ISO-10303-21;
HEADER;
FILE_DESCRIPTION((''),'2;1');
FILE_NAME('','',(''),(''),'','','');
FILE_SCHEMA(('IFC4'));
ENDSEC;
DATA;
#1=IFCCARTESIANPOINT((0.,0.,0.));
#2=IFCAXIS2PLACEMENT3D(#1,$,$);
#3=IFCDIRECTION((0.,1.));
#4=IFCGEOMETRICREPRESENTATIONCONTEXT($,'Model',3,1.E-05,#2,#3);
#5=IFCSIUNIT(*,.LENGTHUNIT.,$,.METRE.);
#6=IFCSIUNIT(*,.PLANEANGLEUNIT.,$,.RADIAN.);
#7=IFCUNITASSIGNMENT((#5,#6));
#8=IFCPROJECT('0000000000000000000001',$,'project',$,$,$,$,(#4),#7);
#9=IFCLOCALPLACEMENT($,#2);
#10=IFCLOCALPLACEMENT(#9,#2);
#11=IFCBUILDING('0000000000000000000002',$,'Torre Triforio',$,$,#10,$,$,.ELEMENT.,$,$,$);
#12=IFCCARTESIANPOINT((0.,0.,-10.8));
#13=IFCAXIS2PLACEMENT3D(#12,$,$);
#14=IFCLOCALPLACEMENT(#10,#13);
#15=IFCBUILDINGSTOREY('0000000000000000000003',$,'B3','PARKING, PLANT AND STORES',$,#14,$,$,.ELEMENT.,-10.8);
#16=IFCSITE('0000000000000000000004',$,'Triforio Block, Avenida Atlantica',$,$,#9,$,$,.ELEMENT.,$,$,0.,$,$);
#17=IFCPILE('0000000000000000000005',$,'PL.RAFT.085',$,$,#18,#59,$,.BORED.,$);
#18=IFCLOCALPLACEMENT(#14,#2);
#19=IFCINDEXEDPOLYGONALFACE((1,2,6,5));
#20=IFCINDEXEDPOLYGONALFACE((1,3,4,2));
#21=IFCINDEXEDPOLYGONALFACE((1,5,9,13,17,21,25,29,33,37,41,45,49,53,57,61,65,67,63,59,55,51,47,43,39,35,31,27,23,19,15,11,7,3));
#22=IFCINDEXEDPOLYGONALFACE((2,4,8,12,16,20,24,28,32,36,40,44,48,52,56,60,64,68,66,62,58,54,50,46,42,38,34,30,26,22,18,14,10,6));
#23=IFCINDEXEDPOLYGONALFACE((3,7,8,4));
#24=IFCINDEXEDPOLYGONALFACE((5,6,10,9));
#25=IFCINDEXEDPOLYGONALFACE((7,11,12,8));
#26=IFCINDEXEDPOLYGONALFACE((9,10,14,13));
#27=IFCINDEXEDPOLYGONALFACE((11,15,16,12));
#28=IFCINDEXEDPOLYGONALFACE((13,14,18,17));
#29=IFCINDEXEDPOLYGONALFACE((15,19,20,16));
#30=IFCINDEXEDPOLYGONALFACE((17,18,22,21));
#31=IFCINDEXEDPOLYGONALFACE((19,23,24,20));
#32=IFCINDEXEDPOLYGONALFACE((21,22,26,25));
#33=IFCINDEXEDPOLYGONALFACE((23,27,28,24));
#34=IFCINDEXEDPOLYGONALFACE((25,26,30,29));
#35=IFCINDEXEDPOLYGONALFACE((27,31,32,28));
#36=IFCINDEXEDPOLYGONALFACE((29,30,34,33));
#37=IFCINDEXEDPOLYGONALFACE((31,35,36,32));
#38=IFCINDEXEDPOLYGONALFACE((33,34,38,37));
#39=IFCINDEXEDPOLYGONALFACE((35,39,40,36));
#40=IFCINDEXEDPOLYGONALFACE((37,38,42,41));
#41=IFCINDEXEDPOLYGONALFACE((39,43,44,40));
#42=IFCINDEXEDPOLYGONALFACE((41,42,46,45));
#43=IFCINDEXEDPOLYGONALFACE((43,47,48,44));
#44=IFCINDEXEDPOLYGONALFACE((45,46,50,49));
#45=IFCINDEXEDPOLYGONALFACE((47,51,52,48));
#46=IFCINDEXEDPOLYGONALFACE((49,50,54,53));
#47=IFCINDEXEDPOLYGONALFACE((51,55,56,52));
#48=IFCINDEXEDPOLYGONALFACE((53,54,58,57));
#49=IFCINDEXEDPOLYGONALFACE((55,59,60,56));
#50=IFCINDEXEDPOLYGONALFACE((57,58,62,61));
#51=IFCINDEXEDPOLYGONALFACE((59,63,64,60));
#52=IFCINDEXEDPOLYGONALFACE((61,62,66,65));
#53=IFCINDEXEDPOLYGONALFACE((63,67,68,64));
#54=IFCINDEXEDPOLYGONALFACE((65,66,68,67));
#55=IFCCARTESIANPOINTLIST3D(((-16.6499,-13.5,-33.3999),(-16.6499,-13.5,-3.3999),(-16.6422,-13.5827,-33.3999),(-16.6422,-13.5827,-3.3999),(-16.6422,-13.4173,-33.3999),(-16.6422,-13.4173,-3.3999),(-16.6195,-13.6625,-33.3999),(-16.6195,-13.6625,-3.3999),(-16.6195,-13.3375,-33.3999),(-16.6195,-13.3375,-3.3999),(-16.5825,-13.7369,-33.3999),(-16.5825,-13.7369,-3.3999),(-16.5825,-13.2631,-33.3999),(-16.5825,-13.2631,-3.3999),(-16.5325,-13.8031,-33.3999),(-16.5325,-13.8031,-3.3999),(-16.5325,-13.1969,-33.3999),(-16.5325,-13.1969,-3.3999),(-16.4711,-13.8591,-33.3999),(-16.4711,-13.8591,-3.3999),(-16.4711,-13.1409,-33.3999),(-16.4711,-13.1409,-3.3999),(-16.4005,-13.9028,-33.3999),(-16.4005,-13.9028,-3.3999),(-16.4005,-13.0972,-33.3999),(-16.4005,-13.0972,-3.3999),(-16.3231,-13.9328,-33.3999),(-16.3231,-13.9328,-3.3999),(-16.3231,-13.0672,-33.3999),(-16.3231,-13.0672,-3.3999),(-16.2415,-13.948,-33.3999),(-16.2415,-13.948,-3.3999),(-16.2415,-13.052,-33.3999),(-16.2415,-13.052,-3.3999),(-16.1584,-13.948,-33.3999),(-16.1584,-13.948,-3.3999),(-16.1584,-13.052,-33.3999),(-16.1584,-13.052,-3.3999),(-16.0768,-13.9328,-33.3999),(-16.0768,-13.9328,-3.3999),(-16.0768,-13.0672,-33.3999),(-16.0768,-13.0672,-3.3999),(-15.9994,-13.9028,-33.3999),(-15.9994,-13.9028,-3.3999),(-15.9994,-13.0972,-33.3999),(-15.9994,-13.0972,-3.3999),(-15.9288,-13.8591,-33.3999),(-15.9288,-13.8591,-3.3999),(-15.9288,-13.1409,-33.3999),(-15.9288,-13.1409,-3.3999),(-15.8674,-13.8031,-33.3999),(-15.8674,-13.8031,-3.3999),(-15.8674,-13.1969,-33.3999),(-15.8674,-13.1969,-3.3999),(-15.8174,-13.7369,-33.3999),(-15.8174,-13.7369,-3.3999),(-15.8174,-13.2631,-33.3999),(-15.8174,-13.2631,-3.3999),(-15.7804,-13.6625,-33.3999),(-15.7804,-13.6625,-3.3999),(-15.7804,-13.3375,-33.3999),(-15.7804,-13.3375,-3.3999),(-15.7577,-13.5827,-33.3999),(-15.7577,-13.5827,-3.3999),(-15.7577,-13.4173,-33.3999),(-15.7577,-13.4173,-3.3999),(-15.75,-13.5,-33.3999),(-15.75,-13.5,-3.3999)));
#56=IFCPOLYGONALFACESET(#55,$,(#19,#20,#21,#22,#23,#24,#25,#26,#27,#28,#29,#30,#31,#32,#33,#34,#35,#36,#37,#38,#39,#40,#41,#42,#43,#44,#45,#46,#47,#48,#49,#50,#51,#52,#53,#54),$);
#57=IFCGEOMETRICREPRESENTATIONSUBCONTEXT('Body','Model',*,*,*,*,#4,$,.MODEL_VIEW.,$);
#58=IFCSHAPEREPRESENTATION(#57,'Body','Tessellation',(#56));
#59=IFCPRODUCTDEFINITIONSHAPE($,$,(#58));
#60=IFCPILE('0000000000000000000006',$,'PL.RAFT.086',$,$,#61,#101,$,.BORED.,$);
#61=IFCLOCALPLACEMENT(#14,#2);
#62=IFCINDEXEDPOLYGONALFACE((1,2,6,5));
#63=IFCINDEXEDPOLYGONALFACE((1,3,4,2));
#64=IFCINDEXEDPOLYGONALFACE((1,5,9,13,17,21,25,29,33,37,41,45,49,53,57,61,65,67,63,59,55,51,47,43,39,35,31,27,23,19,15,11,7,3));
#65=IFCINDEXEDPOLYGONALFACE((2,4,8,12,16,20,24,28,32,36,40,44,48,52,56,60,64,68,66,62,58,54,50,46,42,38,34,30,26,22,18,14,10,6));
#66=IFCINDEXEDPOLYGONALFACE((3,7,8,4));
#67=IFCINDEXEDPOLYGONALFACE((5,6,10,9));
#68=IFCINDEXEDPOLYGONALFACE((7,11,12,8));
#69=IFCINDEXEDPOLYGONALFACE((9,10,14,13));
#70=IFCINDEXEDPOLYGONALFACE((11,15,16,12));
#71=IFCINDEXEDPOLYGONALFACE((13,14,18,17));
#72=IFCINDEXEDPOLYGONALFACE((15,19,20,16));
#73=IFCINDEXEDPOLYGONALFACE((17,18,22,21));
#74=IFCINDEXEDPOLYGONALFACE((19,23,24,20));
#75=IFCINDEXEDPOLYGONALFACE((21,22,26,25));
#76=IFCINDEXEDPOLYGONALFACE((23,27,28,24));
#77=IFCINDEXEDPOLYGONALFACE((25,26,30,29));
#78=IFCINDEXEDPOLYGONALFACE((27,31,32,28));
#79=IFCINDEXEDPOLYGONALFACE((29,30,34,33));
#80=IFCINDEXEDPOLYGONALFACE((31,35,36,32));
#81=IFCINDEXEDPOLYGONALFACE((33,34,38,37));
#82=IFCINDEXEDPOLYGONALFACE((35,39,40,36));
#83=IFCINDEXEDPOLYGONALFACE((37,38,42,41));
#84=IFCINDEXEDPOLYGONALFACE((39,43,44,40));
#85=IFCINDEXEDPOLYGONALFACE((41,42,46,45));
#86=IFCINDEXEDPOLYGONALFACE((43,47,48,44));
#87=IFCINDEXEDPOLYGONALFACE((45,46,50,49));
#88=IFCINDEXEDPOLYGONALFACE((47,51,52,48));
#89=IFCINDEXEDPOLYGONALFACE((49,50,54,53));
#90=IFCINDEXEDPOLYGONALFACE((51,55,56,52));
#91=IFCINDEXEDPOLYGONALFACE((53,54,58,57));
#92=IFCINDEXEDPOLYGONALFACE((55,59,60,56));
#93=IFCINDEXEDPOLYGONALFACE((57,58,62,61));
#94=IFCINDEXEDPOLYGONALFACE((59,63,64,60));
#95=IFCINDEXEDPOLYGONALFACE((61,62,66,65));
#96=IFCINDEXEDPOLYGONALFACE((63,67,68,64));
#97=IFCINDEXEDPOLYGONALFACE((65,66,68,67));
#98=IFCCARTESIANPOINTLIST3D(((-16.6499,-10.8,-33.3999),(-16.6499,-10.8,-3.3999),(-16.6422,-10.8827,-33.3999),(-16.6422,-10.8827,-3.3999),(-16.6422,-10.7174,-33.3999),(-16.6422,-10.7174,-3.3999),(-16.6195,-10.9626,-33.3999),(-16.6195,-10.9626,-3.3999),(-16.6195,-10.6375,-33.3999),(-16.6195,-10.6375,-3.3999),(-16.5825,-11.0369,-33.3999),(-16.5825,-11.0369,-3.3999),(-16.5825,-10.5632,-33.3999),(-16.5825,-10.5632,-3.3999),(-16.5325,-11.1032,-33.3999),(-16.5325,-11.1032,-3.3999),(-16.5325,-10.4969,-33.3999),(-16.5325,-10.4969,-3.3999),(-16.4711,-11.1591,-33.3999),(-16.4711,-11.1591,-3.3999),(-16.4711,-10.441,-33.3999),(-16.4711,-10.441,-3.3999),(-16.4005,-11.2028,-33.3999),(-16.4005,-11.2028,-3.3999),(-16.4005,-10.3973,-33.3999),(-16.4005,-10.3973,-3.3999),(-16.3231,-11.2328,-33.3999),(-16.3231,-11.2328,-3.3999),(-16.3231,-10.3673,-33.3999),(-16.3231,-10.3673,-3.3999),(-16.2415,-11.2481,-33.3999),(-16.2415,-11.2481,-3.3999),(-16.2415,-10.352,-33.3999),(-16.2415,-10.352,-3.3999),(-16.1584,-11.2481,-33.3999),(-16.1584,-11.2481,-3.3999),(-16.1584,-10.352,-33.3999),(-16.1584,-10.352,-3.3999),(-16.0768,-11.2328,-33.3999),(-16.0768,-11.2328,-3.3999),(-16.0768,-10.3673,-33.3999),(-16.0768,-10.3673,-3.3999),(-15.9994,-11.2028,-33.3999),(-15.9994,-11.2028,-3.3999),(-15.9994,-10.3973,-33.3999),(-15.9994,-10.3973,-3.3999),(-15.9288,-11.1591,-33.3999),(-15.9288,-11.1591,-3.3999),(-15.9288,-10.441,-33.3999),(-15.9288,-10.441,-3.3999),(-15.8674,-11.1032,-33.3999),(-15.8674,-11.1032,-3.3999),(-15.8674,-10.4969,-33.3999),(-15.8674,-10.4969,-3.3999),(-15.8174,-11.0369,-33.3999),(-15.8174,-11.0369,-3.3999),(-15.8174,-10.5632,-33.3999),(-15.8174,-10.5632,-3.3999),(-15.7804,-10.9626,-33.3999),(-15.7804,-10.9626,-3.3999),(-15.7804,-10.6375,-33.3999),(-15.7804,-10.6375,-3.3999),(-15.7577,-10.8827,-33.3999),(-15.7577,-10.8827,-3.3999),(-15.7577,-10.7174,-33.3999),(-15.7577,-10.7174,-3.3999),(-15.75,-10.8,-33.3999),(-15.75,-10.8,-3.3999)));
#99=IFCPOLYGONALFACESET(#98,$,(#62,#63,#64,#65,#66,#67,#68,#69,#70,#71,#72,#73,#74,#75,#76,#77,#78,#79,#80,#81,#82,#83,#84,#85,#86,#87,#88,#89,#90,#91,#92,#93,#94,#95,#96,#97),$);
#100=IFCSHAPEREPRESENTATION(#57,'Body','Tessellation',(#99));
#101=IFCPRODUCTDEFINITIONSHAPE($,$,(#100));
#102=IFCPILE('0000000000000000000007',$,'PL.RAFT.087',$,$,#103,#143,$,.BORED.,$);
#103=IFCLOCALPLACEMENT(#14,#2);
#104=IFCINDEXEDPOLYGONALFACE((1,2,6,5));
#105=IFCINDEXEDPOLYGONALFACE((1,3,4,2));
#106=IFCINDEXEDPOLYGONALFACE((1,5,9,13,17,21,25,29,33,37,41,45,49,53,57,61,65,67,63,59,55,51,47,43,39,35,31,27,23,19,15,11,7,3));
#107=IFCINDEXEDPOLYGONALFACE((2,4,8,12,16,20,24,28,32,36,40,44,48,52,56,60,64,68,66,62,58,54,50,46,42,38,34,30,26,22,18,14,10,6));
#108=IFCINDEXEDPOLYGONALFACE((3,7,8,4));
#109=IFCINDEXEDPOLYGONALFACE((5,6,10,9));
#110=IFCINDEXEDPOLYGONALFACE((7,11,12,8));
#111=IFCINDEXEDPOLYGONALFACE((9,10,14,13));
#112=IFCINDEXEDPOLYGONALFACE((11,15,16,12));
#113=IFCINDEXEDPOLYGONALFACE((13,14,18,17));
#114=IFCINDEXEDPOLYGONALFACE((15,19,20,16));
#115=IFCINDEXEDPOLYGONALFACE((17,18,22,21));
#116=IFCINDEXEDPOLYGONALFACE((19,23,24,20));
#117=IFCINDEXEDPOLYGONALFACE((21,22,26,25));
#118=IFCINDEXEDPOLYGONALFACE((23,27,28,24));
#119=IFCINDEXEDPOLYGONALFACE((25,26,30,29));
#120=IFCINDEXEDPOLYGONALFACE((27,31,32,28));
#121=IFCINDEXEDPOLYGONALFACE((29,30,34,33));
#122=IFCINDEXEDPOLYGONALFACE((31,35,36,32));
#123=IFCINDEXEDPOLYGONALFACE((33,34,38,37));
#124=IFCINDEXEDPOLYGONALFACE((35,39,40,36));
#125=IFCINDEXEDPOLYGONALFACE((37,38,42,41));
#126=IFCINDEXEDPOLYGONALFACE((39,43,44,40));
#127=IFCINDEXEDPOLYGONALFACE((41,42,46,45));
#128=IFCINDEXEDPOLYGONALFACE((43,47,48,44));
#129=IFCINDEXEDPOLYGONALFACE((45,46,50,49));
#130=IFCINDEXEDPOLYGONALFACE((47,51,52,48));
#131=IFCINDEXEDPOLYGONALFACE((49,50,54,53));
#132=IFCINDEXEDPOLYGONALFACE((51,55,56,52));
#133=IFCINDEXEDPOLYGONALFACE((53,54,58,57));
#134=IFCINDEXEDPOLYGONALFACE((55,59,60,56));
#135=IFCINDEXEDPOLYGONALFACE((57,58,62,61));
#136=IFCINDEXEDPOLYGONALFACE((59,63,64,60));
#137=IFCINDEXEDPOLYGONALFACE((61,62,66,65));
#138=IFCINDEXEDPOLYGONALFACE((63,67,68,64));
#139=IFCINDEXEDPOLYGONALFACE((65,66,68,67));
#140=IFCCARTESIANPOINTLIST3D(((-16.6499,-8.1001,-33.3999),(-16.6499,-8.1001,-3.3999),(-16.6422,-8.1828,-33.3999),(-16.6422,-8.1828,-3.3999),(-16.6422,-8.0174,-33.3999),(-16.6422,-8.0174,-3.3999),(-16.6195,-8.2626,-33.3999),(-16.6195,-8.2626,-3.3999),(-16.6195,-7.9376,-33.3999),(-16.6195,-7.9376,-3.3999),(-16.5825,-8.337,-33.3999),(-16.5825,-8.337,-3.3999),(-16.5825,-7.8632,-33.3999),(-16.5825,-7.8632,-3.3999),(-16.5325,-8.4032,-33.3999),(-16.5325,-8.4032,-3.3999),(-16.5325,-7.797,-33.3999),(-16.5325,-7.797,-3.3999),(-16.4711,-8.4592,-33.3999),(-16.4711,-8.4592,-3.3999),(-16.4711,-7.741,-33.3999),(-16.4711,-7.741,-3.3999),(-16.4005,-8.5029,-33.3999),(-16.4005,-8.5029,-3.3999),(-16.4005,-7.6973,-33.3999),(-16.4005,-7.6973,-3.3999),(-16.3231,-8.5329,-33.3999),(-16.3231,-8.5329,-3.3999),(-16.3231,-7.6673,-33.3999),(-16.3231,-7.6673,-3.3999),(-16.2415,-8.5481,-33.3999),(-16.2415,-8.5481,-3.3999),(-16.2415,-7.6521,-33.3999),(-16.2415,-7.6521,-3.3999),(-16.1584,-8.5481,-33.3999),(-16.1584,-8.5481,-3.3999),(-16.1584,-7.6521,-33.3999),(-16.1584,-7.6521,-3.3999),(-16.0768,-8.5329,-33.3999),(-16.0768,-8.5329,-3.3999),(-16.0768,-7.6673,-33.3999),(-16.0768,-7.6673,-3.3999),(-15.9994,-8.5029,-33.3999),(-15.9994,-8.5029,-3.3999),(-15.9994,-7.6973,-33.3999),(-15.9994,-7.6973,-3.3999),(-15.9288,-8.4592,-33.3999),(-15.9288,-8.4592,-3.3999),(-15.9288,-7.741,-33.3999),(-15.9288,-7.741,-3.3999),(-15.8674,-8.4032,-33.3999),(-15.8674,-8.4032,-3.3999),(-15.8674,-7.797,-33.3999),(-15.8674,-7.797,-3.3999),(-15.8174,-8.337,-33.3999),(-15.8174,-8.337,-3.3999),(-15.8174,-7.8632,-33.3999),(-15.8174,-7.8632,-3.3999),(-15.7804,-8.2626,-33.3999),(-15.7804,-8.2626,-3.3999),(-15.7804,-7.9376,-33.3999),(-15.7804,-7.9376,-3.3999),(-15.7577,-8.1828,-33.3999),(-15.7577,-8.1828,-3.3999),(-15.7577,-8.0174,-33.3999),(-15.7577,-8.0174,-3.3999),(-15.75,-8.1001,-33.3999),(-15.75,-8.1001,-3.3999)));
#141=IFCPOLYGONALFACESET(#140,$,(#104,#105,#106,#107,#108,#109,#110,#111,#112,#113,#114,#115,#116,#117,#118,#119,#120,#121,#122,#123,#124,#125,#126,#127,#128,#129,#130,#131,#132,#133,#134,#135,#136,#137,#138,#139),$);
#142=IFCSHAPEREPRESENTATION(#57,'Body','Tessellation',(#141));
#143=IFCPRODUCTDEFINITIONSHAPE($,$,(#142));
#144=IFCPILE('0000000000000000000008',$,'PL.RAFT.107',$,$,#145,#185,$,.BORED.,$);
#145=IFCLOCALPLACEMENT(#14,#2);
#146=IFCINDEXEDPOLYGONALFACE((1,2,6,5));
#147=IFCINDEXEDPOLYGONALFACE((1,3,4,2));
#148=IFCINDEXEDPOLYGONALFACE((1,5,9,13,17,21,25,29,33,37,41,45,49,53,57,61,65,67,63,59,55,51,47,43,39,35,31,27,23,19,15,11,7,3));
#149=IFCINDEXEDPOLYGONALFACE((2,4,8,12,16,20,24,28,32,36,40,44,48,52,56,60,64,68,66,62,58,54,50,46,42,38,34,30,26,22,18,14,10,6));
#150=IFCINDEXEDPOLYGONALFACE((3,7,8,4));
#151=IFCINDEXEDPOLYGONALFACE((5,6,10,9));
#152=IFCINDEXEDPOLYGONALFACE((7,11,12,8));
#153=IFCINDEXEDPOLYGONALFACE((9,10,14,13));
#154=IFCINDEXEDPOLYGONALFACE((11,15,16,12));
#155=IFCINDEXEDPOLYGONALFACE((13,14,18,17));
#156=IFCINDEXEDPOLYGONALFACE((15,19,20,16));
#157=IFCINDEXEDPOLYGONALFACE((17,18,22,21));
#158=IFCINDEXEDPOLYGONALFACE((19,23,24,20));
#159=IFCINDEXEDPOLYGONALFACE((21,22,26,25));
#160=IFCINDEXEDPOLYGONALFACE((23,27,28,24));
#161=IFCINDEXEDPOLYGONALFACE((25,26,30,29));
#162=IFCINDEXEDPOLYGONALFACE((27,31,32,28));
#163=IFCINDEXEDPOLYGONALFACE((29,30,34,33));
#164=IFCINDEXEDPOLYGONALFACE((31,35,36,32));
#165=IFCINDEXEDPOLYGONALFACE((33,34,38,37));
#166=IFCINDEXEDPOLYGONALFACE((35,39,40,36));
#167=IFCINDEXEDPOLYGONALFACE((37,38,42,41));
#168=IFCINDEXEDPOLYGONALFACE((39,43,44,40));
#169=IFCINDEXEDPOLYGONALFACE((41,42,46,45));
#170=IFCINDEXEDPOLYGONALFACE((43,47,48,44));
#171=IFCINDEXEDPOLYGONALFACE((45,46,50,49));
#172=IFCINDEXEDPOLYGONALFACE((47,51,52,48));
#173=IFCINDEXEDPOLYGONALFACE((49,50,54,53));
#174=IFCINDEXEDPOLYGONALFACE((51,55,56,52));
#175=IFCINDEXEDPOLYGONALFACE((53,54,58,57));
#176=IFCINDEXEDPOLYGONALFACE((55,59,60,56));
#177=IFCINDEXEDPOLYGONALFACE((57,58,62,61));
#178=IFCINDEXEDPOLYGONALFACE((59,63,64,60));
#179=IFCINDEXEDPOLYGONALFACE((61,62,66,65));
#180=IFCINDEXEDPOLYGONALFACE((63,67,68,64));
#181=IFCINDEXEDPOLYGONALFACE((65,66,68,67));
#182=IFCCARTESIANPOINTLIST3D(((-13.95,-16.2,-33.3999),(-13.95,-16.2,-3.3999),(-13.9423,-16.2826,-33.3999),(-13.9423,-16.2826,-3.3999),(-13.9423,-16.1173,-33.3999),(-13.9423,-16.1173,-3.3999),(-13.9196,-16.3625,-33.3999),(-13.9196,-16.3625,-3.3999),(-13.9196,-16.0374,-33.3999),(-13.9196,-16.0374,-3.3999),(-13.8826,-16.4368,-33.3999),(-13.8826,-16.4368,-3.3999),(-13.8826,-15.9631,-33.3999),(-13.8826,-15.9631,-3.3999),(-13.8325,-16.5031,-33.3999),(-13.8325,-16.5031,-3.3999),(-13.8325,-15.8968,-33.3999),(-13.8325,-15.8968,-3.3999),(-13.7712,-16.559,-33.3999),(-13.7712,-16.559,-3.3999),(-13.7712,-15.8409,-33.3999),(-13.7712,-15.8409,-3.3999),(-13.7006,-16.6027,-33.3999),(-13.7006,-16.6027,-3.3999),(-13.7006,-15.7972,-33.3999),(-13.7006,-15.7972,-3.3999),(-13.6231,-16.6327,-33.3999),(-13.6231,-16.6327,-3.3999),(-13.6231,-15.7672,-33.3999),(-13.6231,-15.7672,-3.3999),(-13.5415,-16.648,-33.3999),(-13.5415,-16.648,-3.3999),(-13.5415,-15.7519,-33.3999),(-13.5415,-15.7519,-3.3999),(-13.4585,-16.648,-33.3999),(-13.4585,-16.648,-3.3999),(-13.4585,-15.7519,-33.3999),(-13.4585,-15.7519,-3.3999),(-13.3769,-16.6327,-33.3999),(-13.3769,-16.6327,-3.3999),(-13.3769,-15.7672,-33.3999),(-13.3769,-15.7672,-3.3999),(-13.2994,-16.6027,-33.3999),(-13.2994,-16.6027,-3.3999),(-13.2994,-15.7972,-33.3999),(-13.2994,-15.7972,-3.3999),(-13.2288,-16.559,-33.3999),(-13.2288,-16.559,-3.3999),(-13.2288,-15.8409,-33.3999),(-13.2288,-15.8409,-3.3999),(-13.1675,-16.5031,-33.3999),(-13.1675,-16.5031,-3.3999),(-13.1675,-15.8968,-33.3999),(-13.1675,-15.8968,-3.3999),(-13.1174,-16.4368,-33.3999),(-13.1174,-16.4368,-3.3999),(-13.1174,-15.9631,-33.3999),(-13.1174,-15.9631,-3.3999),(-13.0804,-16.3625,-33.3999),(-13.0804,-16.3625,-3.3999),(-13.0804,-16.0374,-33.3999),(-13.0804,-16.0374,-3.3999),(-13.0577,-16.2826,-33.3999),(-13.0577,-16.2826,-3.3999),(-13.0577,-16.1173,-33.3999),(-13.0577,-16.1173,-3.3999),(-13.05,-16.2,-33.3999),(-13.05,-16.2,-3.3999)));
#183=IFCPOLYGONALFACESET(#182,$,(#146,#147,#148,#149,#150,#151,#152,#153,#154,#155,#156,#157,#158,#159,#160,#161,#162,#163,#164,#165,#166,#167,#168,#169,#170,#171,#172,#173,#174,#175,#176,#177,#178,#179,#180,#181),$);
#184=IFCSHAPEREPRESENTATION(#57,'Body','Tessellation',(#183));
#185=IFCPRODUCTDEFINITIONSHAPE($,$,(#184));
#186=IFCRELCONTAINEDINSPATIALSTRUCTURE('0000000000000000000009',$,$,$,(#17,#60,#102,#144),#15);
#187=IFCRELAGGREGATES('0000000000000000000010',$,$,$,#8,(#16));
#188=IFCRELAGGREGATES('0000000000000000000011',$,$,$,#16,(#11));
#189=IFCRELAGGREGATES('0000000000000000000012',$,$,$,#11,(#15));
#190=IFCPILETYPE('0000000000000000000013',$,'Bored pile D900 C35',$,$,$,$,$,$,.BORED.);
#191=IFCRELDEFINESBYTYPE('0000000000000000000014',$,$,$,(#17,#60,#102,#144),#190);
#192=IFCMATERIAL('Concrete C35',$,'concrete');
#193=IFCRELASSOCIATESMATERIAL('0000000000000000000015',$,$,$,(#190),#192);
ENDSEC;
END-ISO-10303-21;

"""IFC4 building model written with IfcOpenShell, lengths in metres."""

from ifc_helpers import new_model, si_unit, direction, frame, origin, origin_2d, place, context, subcontext, project, spatial, circle, extrude, material, material_profile, profile_set, type_object, element, save


model = new_model("IFC4")

# Units and contexts
model_context = context("Model", 3, precision=1e-05, world=origin(), true_north=direction((0.0, 1.0)))
body_context = subcontext(model_context, "Body", "Model", "MODEL_VIEW")
ifc_project = project(units=[si_unit("LENGTHUNIT", "METRE"), si_unit("PLANEANGLEUNIT", "RADIAN")], contexts=[model_context])

# Site, building, storey
site_placement = place(None, origin())
site = spatial("IfcSite", under=ifc_project, at=site_placement, Name="Triforio Block, Avenida Atlantica", CompositionType="ELEMENT", RefElevation=0.0)
building_placement = place(site_placement, origin())
building = spatial("IfcBuilding", under=site, at=building_placement, Name="Torre Triforio", CompositionType="ELEMENT")
storey_placement = place(building_placement, frame((0.0, 0.0, -10.8)))
storey = spatial("IfcBuildingStorey", under=building, at=storey_placement, Name="B3", Description="PARKING, PLANT AND STORES", CompositionType="ELEMENT", Elevation=-10.8)

# Piles
ifc_material_1 = material(Name="Concrete C35", Category="concrete")
ifc_material_profile_1 = material_profile(ifc_material_1, circle(Radius=0.45, at=origin_2d()), Name="RC D900")
ifc_profile_set_1 = profile_set([ifc_material_profile_1], Name="Concrete C35")
pile_type = type_object("IfcPileType", Name="Bored pile D900 C35", PredefinedType="BORED", material=ifc_profile_set_1)
for number, where, z_axis, x_axis, name in (
    (1, (-16.2, -13.5, -3.3999), (0.0, 0.0, -1.0), (1.0, 0.0, 0.0), "PL.RAFT.085"),
    (2, (-16.2, -10.8, -3.3999), (0.0, 0.0, -1.0), (1.0, 0.0, 0.0), "PL.RAFT.086"),
    (3, (-16.2, -8.1001, -3.3999), (0.0, 0.0, -1.0), (1.0, 0.0, 0.0), "PL.RAFT.087"),
    (4, (-13.5, -16.2, -3.3999), (0.0, 0.0, -1.0), (1.0, 0.0, 0.0), "PL.RAFT.107"),
):
    element("IfcPile", number, at=place(storey_placement, frame(where, z_axis=z_axis, x_axis=x_axis)), inside=storey, type_object=pile_type, Name=name, PredefinedType="BORED", context=body_context, shape_type="SweptSolid", body=[
        extrude(circle(Radius=0.45, at=origin_2d()), origin(), (0.0, 0.0, 1.0), 30.0),
    ])

save(model, "model.ifc")
